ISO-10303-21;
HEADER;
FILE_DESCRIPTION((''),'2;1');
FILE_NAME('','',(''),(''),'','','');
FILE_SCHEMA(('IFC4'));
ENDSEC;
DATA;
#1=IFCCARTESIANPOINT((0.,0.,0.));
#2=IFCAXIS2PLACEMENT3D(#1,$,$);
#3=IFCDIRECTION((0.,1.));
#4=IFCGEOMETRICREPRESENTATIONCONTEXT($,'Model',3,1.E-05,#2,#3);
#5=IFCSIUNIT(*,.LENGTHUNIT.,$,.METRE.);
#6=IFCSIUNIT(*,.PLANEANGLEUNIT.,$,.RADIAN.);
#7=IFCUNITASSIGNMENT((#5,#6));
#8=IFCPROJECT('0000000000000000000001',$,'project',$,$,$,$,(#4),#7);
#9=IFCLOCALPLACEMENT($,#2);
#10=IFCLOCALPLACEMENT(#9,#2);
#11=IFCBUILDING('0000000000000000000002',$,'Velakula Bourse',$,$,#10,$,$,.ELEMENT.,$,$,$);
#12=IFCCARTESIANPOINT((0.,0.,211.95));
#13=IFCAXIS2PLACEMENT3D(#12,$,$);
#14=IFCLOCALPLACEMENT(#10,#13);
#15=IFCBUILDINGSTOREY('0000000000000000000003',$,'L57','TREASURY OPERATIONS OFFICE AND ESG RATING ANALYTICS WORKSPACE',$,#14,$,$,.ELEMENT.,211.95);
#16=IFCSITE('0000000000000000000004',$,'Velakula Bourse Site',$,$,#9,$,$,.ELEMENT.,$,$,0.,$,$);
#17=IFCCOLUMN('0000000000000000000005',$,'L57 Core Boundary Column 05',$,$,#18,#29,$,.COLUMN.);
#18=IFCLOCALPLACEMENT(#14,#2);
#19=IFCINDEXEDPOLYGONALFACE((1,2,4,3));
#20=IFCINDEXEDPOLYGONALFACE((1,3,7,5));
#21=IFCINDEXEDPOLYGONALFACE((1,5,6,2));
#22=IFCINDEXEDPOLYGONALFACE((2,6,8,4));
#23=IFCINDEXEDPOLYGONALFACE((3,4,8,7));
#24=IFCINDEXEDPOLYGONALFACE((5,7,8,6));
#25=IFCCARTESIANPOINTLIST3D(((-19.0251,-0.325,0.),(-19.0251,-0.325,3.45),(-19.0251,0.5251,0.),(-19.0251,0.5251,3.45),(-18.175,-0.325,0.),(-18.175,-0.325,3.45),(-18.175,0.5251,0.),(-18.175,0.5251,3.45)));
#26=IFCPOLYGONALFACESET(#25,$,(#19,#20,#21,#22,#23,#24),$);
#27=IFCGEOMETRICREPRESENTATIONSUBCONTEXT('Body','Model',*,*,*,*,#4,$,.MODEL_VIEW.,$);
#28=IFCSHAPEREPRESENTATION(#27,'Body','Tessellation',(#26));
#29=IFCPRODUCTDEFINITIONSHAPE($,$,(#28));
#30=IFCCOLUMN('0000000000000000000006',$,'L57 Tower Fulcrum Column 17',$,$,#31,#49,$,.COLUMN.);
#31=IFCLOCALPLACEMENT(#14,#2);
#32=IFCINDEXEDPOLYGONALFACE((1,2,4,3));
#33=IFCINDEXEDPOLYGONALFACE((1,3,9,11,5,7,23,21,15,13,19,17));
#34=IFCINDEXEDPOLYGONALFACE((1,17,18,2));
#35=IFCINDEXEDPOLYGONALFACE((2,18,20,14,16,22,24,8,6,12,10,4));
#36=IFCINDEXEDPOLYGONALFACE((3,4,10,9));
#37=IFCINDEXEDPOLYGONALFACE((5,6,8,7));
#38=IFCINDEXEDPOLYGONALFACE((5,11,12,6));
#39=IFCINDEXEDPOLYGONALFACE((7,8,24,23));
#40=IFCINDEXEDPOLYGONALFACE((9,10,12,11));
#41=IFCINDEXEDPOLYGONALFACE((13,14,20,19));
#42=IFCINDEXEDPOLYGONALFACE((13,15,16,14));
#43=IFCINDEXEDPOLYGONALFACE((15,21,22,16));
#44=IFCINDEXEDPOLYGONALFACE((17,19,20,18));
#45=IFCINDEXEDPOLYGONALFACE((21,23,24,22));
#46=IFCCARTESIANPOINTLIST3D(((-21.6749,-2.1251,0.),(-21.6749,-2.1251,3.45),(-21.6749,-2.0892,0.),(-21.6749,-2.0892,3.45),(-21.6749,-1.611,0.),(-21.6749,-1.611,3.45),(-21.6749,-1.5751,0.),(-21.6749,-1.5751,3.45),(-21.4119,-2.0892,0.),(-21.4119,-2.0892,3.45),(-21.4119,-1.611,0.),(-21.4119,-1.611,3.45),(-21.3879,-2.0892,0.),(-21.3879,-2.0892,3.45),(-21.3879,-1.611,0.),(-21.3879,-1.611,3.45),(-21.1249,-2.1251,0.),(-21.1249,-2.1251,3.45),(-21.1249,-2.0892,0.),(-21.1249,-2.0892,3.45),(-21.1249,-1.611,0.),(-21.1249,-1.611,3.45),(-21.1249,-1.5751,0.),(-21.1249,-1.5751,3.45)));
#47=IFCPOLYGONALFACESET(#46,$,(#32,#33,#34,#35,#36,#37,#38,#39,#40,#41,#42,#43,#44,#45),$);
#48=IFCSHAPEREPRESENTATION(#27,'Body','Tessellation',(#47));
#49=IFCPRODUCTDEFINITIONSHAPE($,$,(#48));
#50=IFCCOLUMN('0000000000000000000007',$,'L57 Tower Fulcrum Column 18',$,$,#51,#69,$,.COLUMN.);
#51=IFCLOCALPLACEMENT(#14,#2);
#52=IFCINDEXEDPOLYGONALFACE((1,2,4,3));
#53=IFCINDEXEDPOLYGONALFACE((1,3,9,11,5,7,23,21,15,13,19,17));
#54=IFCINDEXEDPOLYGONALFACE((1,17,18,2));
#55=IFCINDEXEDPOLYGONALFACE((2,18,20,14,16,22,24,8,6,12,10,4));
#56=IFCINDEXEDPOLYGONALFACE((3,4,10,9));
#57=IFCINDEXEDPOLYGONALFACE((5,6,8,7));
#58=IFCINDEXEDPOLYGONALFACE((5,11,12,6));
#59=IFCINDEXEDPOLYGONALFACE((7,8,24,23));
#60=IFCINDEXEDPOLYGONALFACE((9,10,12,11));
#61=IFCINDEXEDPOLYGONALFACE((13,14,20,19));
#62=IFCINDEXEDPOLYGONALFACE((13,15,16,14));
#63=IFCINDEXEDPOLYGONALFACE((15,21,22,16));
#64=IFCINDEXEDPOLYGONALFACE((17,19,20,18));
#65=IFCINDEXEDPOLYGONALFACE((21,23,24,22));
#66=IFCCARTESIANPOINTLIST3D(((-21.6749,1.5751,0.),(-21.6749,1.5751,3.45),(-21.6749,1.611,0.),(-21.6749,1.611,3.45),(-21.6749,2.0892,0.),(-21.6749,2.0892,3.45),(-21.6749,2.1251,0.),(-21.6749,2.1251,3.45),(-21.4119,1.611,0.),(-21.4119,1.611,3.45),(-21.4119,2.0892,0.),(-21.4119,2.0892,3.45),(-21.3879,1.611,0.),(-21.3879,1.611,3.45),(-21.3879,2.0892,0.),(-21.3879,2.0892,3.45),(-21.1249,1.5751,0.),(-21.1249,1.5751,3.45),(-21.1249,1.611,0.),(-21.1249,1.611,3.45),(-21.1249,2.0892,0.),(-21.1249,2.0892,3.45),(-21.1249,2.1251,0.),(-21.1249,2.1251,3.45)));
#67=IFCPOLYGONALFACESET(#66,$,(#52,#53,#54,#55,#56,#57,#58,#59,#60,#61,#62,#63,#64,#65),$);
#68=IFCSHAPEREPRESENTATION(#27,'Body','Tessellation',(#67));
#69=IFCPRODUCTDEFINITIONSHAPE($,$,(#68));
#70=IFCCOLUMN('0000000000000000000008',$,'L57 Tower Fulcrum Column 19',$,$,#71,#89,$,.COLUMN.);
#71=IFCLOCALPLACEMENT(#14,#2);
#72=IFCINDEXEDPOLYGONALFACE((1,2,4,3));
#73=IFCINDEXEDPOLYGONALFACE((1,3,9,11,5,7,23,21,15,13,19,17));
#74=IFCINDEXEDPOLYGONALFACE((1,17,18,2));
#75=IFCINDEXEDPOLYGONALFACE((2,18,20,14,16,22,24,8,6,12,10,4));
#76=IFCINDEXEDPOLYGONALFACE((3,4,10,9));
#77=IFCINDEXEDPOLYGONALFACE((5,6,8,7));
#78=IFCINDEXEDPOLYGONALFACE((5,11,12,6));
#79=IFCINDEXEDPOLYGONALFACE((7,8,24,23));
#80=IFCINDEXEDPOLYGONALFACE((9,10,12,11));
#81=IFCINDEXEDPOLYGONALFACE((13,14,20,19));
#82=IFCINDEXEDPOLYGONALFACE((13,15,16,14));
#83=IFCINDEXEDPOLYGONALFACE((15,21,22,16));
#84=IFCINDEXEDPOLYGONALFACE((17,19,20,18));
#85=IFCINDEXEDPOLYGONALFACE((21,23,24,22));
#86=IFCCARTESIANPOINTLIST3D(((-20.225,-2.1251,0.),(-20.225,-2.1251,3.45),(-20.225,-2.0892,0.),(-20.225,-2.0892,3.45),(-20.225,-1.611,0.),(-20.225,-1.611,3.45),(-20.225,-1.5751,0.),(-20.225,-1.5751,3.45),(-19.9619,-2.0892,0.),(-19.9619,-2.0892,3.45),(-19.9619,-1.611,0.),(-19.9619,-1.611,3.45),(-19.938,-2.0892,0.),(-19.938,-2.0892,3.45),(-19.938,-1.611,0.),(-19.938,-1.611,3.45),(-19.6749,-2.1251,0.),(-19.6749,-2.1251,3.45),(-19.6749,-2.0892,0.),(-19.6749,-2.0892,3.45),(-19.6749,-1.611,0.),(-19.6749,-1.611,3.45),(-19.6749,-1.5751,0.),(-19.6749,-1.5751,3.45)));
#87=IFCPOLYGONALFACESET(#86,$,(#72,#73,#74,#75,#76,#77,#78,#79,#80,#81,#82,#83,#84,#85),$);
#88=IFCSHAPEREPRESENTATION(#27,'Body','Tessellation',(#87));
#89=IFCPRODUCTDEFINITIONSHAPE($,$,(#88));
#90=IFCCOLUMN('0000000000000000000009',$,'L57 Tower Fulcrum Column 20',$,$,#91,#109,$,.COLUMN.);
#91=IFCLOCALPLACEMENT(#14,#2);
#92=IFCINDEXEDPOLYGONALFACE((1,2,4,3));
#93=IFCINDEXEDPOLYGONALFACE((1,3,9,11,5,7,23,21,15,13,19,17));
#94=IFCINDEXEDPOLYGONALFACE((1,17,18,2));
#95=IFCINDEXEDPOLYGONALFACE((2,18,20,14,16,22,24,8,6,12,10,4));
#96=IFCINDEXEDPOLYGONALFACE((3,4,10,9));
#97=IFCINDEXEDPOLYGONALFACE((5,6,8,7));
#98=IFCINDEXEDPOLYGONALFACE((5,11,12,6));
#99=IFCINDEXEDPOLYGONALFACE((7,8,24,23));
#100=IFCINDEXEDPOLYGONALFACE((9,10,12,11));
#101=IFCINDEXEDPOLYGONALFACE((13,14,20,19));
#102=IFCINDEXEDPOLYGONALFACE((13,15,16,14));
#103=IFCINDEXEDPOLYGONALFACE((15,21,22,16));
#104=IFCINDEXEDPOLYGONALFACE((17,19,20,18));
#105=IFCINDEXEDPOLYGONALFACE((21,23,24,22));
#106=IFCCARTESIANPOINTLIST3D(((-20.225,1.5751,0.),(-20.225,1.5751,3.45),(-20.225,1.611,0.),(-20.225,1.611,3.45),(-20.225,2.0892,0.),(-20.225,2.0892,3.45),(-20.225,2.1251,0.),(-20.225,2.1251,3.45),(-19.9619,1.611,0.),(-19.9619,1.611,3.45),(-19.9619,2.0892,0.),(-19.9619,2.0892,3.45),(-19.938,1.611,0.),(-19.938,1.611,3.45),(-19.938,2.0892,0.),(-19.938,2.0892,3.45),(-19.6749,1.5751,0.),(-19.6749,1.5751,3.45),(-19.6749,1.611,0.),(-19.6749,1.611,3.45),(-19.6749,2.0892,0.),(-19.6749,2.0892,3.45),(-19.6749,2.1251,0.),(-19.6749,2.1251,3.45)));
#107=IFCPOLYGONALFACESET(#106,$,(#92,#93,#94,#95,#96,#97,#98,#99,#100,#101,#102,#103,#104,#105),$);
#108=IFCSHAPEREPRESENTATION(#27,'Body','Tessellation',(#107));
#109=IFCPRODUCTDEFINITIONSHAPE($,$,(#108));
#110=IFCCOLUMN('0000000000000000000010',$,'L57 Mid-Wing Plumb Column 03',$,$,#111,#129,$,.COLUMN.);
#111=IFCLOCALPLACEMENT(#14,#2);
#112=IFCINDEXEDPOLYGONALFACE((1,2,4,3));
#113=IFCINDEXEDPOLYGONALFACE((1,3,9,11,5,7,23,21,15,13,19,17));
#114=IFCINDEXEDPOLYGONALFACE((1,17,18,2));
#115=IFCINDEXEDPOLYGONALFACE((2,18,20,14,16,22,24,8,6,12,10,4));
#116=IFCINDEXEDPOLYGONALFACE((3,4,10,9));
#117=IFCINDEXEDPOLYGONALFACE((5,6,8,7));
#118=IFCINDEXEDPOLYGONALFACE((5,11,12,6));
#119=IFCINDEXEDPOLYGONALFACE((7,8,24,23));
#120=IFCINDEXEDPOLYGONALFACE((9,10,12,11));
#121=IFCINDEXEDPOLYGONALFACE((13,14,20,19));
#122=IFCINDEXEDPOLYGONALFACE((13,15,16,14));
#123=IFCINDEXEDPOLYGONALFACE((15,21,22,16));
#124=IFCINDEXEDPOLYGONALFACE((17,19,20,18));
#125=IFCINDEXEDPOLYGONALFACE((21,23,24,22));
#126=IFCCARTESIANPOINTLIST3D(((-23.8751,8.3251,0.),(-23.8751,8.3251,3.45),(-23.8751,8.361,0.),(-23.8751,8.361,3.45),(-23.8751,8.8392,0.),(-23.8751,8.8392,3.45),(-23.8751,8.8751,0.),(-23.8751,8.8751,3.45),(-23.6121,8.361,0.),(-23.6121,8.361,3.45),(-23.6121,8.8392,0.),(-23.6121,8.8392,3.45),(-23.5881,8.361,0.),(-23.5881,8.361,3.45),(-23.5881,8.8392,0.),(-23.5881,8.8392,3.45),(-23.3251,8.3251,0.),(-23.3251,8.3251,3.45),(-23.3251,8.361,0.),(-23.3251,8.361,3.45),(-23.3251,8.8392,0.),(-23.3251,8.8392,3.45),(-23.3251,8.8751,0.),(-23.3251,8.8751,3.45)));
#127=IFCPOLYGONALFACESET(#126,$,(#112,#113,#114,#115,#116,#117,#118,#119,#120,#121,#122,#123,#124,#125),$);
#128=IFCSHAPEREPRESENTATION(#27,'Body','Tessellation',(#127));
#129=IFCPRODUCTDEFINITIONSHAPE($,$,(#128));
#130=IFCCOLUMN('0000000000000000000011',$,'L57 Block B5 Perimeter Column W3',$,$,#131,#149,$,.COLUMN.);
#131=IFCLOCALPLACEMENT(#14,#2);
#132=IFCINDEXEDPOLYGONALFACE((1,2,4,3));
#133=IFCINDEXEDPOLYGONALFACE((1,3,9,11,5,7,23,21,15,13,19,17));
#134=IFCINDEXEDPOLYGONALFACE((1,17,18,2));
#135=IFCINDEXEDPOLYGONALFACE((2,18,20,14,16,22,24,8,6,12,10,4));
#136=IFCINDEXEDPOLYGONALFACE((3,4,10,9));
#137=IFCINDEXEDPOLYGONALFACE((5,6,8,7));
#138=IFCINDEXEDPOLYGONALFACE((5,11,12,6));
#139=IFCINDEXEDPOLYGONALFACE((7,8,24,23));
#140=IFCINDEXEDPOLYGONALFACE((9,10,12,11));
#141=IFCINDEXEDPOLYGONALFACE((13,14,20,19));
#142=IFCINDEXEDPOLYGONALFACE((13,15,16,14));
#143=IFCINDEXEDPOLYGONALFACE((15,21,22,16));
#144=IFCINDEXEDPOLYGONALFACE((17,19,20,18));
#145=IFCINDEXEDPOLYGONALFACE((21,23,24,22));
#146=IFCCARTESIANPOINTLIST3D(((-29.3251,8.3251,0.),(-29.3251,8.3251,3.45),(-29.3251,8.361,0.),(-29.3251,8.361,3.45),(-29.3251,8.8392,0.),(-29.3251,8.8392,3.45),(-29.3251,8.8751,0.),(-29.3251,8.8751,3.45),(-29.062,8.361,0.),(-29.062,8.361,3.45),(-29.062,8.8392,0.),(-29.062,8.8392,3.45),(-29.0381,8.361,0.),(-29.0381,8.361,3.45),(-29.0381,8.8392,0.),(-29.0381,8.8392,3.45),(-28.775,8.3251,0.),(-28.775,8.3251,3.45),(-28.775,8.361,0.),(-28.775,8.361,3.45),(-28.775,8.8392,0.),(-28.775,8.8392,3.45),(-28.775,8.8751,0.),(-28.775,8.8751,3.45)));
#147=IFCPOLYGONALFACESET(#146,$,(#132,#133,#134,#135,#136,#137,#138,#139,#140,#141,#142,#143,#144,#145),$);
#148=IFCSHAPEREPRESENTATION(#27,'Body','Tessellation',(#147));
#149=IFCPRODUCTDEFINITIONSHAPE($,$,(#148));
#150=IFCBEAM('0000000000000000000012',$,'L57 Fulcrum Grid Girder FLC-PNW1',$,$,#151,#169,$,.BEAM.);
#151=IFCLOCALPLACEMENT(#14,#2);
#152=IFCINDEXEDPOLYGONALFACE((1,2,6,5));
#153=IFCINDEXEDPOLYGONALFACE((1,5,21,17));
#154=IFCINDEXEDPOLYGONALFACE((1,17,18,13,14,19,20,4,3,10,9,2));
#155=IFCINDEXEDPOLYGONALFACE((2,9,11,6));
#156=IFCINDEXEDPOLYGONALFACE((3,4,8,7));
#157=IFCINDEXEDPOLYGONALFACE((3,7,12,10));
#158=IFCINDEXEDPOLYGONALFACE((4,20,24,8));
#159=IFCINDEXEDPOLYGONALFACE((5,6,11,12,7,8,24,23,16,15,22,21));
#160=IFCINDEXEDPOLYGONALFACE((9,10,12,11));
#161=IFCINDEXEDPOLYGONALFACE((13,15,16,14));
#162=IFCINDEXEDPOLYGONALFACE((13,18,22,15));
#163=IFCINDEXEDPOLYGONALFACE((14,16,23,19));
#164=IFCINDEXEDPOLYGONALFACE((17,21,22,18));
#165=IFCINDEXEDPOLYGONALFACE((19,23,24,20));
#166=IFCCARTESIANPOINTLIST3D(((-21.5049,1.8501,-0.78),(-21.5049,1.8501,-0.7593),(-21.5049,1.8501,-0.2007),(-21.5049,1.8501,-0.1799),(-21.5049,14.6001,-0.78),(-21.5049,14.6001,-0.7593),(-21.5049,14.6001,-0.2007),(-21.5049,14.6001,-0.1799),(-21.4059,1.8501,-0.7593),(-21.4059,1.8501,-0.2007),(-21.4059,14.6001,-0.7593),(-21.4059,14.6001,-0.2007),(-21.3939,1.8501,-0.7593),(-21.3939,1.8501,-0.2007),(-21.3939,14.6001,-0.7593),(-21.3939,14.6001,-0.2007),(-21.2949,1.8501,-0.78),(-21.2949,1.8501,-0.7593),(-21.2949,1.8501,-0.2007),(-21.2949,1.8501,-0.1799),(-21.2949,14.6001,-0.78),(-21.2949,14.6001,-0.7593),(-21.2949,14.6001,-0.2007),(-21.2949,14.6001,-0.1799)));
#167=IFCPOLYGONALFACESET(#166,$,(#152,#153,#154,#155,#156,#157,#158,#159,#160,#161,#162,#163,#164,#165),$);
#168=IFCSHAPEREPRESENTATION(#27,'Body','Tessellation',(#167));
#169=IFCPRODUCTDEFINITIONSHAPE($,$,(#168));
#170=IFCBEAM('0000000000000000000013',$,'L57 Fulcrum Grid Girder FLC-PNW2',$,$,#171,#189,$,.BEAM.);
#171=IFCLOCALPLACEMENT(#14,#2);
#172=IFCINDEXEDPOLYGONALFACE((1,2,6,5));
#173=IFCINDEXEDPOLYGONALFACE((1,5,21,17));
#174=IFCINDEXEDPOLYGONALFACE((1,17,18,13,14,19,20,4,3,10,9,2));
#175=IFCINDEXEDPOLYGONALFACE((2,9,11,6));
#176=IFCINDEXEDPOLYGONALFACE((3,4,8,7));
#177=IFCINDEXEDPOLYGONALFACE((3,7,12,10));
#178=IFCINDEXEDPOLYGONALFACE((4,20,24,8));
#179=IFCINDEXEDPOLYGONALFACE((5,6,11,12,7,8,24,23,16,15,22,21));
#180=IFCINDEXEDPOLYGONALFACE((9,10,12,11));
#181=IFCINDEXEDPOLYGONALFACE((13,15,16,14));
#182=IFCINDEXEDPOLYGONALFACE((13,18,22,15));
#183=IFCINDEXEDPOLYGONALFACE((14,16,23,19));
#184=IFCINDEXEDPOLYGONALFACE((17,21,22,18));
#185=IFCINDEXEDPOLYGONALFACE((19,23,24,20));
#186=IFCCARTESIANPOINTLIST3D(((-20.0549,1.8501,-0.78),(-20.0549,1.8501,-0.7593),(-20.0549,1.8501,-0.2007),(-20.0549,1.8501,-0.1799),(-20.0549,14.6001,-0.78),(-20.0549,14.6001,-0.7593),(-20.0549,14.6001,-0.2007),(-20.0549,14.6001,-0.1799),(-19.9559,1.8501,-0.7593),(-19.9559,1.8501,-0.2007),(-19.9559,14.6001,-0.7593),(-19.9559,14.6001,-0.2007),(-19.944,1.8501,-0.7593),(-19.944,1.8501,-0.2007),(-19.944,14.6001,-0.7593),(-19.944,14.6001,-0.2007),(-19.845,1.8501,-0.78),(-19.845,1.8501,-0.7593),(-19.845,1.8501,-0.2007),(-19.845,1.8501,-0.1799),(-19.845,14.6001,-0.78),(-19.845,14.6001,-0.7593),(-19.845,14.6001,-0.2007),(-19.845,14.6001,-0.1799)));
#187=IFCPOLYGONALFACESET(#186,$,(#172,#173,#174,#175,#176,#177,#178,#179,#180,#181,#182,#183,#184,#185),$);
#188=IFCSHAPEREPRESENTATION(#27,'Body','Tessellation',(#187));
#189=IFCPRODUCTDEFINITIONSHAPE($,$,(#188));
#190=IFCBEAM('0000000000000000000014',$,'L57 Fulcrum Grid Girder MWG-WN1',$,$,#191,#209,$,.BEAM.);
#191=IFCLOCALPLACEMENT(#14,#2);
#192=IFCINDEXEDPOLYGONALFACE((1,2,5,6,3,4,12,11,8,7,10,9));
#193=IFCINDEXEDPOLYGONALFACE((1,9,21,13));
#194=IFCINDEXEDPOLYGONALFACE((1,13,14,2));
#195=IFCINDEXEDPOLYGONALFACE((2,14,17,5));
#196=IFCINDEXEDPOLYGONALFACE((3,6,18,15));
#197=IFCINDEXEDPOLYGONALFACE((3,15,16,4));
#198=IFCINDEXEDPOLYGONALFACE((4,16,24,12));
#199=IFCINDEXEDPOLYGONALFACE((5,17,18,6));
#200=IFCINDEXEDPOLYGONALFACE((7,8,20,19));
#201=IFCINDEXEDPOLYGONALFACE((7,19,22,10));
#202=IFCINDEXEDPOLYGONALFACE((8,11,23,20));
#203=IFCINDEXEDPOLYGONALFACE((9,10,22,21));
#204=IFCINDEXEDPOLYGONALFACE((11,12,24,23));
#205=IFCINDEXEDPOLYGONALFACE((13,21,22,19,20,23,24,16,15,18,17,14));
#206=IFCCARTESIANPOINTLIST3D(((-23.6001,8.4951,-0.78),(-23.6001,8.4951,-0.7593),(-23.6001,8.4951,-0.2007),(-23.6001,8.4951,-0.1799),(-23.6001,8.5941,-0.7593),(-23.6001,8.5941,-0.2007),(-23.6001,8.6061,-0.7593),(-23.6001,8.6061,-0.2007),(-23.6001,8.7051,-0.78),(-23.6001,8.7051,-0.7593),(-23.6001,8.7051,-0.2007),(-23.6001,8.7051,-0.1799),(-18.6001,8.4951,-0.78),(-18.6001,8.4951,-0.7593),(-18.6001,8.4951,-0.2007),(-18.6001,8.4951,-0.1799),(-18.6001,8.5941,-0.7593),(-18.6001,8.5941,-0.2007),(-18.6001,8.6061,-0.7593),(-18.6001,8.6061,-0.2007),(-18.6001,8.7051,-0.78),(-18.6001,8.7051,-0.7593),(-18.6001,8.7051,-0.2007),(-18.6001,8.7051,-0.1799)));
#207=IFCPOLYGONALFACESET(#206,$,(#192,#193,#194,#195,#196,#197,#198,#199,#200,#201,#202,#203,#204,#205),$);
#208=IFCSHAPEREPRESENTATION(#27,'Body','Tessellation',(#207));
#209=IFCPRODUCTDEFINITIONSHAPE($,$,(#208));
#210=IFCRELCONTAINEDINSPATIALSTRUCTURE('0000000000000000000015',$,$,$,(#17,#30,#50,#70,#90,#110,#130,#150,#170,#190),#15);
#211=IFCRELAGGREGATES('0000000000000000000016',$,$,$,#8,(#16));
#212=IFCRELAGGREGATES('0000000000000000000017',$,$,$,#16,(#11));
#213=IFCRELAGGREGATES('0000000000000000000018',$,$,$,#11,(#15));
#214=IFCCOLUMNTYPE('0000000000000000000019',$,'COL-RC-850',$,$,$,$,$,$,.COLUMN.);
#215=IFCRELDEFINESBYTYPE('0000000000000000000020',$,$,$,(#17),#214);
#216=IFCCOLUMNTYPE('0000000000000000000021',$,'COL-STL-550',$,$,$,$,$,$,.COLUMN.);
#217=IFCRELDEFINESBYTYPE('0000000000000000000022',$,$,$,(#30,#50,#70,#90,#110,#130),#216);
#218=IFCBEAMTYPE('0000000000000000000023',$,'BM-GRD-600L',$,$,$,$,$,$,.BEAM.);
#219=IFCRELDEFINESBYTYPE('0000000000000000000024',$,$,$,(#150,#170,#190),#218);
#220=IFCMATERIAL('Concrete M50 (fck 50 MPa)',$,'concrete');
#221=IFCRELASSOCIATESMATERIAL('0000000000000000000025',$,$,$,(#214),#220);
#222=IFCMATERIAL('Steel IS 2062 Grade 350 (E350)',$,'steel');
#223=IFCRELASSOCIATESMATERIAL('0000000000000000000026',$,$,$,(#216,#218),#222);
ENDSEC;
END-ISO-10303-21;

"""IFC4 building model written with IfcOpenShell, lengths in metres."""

from ifc_helpers import new_model, si_unit, direction, frame, origin, origin_2d, place, context, subcontext, project, spatial, rectangle, i_section, extrude, material, material_profile, profile_set, type_object, element, save


model = new_model("IFC4")

# Units and contexts
model_context = context("Model", 3, precision=1e-05, world=origin(), true_north=direction((0.0, 1.0)))
body_context = subcontext(model_context, "Body", "Model", "MODEL_VIEW")
ifc_project = project(units=[si_unit("LENGTHUNIT", "METRE"), si_unit("PLANEANGLEUNIT", "RADIAN")], contexts=[model_context])

# Site, building, storey
site_placement = place(None, origin())
site = spatial("IfcSite", under=ifc_project, at=site_placement, Name="Velakula Bourse Site", CompositionType="ELEMENT", RefElevation=0.0)
building_placement = place(site_placement, origin())
building = spatial("IfcBuilding", under=site, at=building_placement, Name="Velakula Bourse", CompositionType="ELEMENT")
storey_placement = place(building_placement, frame((0.0, 0.0, 211.95)))
storey = spatial("IfcBuildingStorey", under=building, at=storey_placement, Name="L57", Description="TREASURY OPERATIONS OFFICE AND ESG RATING ANALYTICS WORKSPACE", CompositionType="ELEMENT", Elevation=211.95)

# Columns
ifc_material_1 = material(Name="Concrete M50 (fck 50 MPa)", Category="concrete")
ifc_material_profile_1 = material_profile(ifc_material_1, rectangle(XDim=0.8501, YDim=0.8501, at=origin_2d()), Name="Concrete M50 (fck 50 MPa)")
ifc_profile_set_1 = profile_set([ifc_material_profile_1], Name="Concrete M50 (fck 50 MPa)")
column_type_1 = type_object("IfcColumnType", Name="COL-RC-850", PredefinedType="COLUMN", material=ifc_profile_set_1)
column_placement = place(storey_placement, frame((-18.6001, 0.1001, 0.0), z_axis=(0.0, 0.0, 1.0), x_axis=(1.0, 0.0, 0.0)))
element("IfcColumn", 1, at=column_placement, inside=storey, type_object=column_type_1, Name="L57 Core Boundary Column 05", PredefinedType="COLUMN", context=body_context, shape_type="SweptSolid", body=[
    extrude(rectangle(XDim=0.8501, YDim=0.8501, at=origin_2d()), origin(), (0.0, 0.0, 1.0), 3.45),
])
ifc_material_2 = material(Name="Steel IS 2062 Grade 350 (E350)", Category="steel")
ifc_material_profile_2 = material_profile(ifc_material_2, i_section(OverallWidth=0.55, OverallDepth=0.55, WebThickness=0.0239, FlangeThickness=0.0359, at=origin_2d()), Name="Steel IS 2062 Grade 350 (E350)")
ifc_profile_set_2 = profile_set([ifc_material_profile_2], Name="Steel IS 2062 Grade 350 (E350)")
column_type_2 = type_object("IfcColumnType", Name="COL-STL-550", PredefinedType="COLUMN", material=ifc_profile_set_2)
for number, where, z_axis, x_axis, name in (
    (2, (-21.3999, -1.8501, 0.0), (0.0, 0.0, 1.0), (1.0, 0.0, 0.0), "L57 Tower Fulcrum Column 17"),
    (3, (-21.3999, 1.8501, 0.0), (0.0, 0.0, 1.0), (1.0, 0.0, 0.0), "L57 Tower Fulcrum Column 18"),
    (4, (-19.95, -1.8501, 0.0), (0.0, 0.0, 1.0), (1.0, 0.0, 0.0), "L57 Tower Fulcrum Column 19"),
    (5, (-19.95, 1.8501, 0.0), (0.0, 0.0, 1.0), (1.0, 0.0, 0.0), "L57 Tower Fulcrum Column 20"),
    (6, (-23.6001, 8.6001, 0.0), (0.0, 0.0, 1.0), (1.0, 0.0, 0.0), "L57 Mid-Wing Plumb Column 03"),
    (7, (-29.05, 8.6001, 0.0), (0.0, 0.0, 1.0), (1.0, 0.0, 0.0), "L57 Block B5 Perimeter Column W3"),
):
    element("IfcColumn", number, at=place(storey_placement, frame(where, z_axis=z_axis, x_axis=x_axis)), inside=storey, type_object=column_type_2, Name=name, PredefinedType="COLUMN", context=body_context, shape_type="SweptSolid", body=[
        extrude(i_section(OverallWidth=0.55, OverallDepth=0.55, WebThickness=0.0239, FlangeThickness=0.0359, at=origin_2d()), origin(), (0.0, 0.0, 1.0), 3.45),
    ])

# Beams
ifc_material_profile_3 = material_profile(ifc_material_2, i_section(OverallWidth=0.21, OverallDepth=0.6001, WebThickness=0.012, FlangeThickness=0.0208, at=origin_2d()), Name="Steel IS 2062 Grade 350 (E350)")
ifc_profile_set_3 = profile_set([ifc_material_profile_3], Name="Steel IS 2062 Grade 350 (E350)")
beam_type_1 = type_object("IfcBeamType", Name="BM-GRD-600L", PredefinedType="BEAM", material=ifc_profile_set_3)
for number, where, z_axis, x_axis, name in (
    (8, (-21.3999, 1.8501, -0.48), (0.0, 1.0, 0.0), (-1.0, 0.0, 0.0), "L57 Fulcrum Grid Girder FLC-PNW1"),
    (9, (-19.95, 1.8501, -0.48), (0.0, 1.0, 0.0), (-1.0, 0.0, 0.0), "L57 Fulcrum Grid Girder FLC-PNW2"),
):
    element("IfcBeam", number, at=place(storey_placement, frame(where, z_axis=z_axis, x_axis=x_axis)), inside=storey, type_object=beam_type_1, Name=name, PredefinedType="BEAM", context=body_context, shape_type="SweptSolid", body=[
        extrude(i_section(OverallWidth=0.21, OverallDepth=0.6001, WebThickness=0.012, FlangeThickness=0.0208, at=origin_2d()), origin(), (0.0, 0.0, 1.0), 12.75),
    ])
beam_1_placement = place(storey_placement, frame((-23.6001, 8.6001, -0.48), z_axis=(1.0, 0.0, 0.0), x_axis=(0.0, 1.0, 0.0)))
element("IfcBeam", 10, at=beam_1_placement, inside=storey, type_object=beam_type_1, Name="L57 Fulcrum Grid Girder MWG-WN1", PredefinedType="BEAM", context=body_context, shape_type="SweptSolid", body=[
    extrude(i_section(OverallWidth=0.21, OverallDepth=0.6001, WebThickness=0.012, FlangeThickness=0.0208, at=origin_2d()), origin(), (0.0, 0.0, 1.0), 5.0),
])

save(model, "model.ifc")
